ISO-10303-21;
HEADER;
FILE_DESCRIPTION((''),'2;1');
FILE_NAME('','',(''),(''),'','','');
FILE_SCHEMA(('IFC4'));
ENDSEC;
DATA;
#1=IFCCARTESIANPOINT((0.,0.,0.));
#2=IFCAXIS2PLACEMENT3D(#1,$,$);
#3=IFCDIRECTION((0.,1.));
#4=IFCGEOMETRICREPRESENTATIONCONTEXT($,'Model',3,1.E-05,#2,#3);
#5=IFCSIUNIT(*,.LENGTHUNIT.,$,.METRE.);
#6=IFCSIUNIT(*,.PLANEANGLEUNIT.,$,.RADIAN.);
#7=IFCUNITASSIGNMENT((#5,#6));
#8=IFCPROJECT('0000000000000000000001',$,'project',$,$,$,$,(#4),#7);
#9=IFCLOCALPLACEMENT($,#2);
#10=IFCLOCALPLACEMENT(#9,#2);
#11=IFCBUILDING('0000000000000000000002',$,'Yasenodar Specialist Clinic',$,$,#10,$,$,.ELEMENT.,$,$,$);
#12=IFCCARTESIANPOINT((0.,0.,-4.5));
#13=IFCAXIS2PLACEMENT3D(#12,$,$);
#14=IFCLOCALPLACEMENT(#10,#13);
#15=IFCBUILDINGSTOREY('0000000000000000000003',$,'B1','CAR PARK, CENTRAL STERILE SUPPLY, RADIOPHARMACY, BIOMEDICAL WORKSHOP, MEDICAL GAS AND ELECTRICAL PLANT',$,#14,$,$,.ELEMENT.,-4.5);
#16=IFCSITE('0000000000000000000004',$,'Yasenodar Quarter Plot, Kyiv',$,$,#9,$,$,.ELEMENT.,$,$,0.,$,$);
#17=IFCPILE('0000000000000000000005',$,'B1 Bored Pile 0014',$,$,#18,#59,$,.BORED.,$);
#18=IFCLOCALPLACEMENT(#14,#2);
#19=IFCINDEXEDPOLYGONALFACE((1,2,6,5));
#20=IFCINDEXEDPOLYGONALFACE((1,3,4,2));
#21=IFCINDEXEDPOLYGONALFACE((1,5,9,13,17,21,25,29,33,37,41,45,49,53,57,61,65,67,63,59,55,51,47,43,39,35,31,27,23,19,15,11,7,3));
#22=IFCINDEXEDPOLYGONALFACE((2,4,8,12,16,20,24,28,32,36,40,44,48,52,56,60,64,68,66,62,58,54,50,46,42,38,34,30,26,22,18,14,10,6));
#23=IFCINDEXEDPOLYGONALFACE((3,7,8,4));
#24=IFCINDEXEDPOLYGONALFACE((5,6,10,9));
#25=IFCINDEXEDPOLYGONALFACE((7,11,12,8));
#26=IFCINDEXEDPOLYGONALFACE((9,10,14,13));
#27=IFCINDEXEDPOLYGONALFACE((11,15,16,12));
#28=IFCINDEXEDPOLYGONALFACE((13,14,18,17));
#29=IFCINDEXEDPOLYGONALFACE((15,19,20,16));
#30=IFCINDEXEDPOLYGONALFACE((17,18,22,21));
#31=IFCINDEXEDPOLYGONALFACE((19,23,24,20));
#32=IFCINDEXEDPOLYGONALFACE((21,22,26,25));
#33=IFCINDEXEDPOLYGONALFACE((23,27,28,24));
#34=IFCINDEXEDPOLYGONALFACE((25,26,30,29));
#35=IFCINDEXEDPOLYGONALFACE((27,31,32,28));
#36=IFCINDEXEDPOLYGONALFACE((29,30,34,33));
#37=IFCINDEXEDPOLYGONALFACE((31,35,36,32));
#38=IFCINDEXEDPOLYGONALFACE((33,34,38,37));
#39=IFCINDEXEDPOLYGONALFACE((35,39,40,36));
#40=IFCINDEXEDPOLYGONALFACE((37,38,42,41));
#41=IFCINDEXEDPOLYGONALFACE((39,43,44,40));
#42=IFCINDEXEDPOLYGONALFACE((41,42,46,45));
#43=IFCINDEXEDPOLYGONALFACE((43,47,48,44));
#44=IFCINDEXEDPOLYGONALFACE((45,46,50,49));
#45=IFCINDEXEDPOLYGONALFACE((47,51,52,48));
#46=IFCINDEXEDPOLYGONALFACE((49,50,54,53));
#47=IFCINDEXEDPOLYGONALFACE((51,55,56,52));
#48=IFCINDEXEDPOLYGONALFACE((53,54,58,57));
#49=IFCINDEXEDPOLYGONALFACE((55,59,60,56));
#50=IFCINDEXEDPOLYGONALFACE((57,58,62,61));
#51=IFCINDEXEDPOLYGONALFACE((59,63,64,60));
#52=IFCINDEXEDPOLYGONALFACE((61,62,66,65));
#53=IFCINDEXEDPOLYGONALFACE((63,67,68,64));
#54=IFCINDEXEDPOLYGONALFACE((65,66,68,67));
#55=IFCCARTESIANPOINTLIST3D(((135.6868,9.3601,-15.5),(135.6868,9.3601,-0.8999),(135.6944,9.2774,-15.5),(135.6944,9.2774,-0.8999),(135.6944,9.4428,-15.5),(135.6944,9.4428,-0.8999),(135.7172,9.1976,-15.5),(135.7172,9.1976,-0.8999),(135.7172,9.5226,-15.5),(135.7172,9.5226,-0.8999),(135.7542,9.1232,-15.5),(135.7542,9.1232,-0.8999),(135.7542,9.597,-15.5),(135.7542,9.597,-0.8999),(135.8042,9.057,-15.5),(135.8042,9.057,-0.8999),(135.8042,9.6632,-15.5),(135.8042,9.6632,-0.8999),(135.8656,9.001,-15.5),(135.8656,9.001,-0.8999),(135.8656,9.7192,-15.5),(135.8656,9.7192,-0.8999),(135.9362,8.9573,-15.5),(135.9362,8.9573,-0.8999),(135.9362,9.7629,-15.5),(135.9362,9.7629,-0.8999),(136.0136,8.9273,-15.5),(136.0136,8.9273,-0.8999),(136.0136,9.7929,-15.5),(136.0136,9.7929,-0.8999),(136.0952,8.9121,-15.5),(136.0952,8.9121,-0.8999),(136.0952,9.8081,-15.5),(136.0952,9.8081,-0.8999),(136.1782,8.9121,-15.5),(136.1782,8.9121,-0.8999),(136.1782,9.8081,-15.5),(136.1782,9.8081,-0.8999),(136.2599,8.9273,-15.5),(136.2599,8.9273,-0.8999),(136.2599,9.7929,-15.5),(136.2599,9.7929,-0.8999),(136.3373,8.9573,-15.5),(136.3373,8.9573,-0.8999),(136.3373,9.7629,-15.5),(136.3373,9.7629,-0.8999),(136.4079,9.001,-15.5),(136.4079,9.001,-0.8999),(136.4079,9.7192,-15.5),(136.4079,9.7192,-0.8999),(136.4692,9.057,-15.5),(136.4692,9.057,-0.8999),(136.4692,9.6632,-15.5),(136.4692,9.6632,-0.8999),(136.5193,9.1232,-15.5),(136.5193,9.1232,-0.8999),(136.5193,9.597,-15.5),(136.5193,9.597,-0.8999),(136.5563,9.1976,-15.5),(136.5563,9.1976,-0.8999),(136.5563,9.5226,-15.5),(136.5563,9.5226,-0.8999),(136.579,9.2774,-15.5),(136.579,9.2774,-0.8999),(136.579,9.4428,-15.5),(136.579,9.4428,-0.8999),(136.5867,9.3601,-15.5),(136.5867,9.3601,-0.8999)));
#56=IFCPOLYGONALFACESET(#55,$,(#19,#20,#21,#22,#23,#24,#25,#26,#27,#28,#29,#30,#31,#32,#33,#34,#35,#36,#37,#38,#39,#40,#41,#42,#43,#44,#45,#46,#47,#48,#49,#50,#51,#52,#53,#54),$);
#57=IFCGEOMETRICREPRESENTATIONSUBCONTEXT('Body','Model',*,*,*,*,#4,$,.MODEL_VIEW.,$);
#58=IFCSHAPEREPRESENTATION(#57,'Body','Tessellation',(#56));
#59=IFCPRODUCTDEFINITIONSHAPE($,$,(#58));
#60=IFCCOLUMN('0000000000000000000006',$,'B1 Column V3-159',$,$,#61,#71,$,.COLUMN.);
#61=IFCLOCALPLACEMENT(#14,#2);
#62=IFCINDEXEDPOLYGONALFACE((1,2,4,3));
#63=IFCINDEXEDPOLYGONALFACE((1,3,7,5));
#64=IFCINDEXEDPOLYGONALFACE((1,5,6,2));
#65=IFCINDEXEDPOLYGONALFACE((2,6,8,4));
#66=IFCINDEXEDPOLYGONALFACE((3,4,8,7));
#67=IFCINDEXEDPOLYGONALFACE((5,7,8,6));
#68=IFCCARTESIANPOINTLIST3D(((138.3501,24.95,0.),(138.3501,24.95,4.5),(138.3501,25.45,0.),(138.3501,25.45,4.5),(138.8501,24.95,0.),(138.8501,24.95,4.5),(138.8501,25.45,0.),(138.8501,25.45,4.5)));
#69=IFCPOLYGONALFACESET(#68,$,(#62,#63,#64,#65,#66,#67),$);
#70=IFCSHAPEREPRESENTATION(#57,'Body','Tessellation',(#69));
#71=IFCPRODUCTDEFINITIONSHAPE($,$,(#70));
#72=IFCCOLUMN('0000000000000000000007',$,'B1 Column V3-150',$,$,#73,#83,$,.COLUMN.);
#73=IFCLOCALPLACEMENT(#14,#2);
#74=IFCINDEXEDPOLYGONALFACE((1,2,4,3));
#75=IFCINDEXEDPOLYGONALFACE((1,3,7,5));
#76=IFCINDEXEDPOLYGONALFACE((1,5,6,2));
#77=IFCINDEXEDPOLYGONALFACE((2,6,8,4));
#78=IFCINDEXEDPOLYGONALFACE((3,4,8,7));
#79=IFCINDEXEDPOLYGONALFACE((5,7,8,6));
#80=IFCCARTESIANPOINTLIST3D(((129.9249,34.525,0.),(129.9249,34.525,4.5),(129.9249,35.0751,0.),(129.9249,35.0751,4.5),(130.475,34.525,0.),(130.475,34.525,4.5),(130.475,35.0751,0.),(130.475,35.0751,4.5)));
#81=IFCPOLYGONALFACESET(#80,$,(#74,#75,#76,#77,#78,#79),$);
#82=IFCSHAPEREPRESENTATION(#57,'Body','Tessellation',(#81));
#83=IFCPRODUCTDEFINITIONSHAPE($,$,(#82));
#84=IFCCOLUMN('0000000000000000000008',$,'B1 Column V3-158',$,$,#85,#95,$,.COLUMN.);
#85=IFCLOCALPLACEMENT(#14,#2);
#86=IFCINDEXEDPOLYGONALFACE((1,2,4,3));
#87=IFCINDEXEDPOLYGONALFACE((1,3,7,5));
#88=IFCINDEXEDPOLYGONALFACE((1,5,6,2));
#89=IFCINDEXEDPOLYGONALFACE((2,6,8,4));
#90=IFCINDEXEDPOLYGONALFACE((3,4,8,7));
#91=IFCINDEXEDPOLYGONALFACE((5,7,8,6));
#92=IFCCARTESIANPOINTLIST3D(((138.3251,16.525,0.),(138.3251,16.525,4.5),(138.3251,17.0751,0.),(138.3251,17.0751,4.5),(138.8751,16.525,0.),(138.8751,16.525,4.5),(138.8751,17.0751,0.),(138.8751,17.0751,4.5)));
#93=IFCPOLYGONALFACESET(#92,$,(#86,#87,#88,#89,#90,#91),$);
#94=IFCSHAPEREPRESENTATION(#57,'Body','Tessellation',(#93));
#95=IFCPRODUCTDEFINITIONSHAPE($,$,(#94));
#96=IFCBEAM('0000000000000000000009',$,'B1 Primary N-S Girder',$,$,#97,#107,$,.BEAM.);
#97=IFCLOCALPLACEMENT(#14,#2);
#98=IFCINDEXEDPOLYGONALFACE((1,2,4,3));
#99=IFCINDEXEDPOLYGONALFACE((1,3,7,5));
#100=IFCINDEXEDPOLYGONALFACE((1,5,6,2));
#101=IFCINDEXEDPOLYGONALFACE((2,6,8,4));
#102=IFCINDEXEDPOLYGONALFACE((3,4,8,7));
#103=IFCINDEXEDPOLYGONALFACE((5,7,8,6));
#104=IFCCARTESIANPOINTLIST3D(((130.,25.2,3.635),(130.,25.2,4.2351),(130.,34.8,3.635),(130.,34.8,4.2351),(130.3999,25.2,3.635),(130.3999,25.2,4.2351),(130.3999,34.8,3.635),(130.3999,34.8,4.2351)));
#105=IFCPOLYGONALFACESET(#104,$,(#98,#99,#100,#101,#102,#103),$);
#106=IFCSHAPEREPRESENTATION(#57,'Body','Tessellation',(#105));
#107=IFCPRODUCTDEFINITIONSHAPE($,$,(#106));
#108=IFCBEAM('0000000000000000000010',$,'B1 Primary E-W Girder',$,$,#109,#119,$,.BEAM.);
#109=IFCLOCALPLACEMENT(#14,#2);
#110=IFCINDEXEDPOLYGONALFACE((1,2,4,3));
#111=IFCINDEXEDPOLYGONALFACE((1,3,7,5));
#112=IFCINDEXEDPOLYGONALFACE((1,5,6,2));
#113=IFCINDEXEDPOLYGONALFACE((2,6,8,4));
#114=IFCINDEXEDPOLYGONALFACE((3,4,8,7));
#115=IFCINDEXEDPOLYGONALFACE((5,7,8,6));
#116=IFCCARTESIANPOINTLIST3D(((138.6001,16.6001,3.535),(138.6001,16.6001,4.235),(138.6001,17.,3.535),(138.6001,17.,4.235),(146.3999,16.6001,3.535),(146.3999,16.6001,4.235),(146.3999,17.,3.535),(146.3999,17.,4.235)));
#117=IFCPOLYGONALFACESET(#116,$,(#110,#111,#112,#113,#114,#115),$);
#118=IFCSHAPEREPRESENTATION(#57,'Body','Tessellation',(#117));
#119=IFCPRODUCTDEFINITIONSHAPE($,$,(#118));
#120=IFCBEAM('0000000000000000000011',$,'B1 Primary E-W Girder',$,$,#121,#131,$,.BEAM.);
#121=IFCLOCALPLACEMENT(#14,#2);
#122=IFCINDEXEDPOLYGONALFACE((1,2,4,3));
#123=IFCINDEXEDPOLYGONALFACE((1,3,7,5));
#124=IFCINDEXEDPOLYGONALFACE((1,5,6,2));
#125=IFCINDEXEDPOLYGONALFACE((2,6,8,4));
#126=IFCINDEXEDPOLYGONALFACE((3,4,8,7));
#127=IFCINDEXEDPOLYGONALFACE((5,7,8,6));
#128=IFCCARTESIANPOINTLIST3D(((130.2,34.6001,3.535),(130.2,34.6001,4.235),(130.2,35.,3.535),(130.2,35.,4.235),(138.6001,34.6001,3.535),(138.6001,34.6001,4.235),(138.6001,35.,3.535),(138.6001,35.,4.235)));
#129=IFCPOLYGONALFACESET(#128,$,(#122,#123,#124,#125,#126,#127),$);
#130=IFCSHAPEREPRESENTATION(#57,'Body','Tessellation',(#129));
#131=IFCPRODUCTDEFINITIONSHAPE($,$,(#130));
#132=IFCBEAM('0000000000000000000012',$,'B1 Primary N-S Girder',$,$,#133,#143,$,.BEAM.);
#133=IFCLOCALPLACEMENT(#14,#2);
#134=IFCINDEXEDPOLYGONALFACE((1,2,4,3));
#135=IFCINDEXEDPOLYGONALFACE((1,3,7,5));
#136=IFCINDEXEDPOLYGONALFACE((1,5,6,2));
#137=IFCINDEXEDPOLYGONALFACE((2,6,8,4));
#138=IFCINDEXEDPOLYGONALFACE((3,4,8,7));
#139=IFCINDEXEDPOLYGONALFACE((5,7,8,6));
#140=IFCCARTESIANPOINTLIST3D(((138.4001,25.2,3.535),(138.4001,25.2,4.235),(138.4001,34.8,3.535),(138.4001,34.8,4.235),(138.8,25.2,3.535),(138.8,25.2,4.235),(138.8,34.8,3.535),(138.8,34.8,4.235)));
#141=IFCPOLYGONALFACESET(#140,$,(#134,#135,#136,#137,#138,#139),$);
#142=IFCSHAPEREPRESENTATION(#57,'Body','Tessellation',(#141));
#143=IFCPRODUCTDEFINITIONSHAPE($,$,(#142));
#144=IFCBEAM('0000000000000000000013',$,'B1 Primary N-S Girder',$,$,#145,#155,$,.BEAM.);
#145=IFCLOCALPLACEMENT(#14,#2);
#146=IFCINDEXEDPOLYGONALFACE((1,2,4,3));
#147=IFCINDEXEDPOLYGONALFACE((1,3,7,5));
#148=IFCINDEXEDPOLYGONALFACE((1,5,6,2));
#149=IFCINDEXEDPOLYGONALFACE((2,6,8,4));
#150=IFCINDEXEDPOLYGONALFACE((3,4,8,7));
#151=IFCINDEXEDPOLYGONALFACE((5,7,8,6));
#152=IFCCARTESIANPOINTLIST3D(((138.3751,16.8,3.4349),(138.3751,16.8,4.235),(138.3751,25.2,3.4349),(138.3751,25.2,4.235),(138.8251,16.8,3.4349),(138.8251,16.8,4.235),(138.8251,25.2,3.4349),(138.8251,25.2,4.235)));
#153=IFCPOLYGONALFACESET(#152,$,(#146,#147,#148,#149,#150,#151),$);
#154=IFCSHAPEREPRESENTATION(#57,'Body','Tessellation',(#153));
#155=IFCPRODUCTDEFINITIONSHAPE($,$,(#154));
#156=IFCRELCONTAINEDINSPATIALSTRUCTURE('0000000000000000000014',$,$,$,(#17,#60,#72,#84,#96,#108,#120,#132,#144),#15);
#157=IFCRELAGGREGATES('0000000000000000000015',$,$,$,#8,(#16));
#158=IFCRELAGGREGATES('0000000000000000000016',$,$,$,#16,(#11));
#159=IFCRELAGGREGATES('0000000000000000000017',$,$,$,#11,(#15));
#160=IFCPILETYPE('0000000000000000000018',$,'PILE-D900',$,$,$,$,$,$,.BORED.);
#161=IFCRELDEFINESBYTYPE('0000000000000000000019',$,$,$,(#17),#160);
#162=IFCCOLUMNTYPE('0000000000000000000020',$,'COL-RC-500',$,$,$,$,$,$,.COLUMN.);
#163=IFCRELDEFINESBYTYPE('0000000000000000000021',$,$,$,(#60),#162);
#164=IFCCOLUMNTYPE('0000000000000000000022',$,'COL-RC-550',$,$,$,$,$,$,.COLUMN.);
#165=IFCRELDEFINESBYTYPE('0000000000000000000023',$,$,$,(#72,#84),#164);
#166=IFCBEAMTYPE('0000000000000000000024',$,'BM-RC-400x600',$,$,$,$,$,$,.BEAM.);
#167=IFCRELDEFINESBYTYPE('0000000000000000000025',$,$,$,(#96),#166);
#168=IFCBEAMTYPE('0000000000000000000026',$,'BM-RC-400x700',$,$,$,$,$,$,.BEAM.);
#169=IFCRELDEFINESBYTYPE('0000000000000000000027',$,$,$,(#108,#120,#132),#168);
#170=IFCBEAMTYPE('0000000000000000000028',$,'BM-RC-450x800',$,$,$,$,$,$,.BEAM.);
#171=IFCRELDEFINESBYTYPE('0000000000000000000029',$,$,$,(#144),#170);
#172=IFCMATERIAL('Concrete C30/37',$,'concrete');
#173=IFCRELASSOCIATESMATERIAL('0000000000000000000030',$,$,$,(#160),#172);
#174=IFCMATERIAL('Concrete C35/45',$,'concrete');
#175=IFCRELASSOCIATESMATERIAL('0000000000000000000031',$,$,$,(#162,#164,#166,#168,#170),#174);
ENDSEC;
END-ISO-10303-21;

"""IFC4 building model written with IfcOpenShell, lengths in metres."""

from ifc_helpers import new_model, si_unit, direction, frame, origin, origin_2d, place, context, subcontext, project, spatial, rectangle, circle, extrude, material, material_profile, profile_set, type_object, element, save


model = new_model("IFC4")

# Units and contexts
model_context = context("Model", 3, precision=1e-05, world=origin(), true_north=direction((0.0, 1.0)))
body_context = subcontext(model_context, "Body", "Model", "MODEL_VIEW")
ifc_project = project(units=[si_unit("LENGTHUNIT", "METRE"), si_unit("PLANEANGLEUNIT", "RADIAN")], contexts=[model_context])

# Site, building, storey
site_placement = place(None, origin())
site = spatial("IfcSite", under=ifc_project, at=site_placement, Name="Yasenodar Quarter Plot, Kyiv", CompositionType="ELEMENT", RefElevation=0.0)
building_placement = place(site_placement, origin())
building = spatial("IfcBuilding", under=site, at=building_placement, Name="Yasenodar Specialist Clinic", CompositionType="ELEMENT")
storey_placement = place(building_placement, frame((0.0, 0.0, -4.5)))
storey = spatial("IfcBuildingStorey", under=building, at=storey_placement, Name="B1", Description="CAR PARK, CENTRAL STERILE SUPPLY, RADIOPHARMACY, BIOMEDICAL WORKSHOP, MEDICAL GAS AND ELECTRICAL PLANT", CompositionType="ELEMENT", Elevation=-4.5)

# Shared definitions
ifc_material_1 = material(Name="Concrete C35/45", Category="concrete")

# Pile
ifc_material_2 = material(Name="Concrete C30/37", Category="concrete")
ifc_material_profile_1 = material_profile(ifc_material_2, circle(Radius=0.45, at=origin_2d()), Name="PILE D900")
ifc_profile_set_1 = profile_set([ifc_material_profile_1], Name="Concrete C30/37")
pile_type_1 = type_object("IfcPileType", Name="PILE-D900", PredefinedType="BORED", material=ifc_profile_set_1)
for number, where, z_axis, x_axis, name in (
    (1, (136.1367, 9.3601, -0.8999), (0.0, 0.0, -1.0), (1.0, 0.0, 0.0), "B1 Bored Pile 0014"),
):
    element("IfcPile", number, at=place(storey_placement, frame(where, z_axis=z_axis, x_axis=x_axis)), inside=storey, type_object=pile_type_1, Name=name, PredefinedType="BORED", context=body_context, shape_type="SweptSolid", body=[
        extrude(circle(Radius=0.45, at=origin_2d()), origin(), (0.0, 0.0, 1.0), 14.6001),
    ])

# Columns
ifc_material_profile_2 = material_profile(ifc_material_1, rectangle(XDim=0.5, YDim=0.5, at=origin_2d()), Name="RC 500x500")
ifc_profile_set_2 = profile_set([ifc_material_profile_2], Name="Concrete C35/45")
column_type_1 = type_object("IfcColumnType", Name="COL-RC-500", PredefinedType="COLUMN", material=ifc_profile_set_2)
column_placement = place(storey_placement, frame((138.6001, 25.2, 0.0), z_axis=(0.0, 0.0, 1.0), x_axis=(1.0, 0.0, 0.0)))
element("IfcColumn", 2, at=column_placement, inside=storey, type_object=column_type_1, Name="B1 Column V3-159", PredefinedType="COLUMN", context=body_context, shape_type="SweptSolid", body=[
    extrude(rectangle(XDim=0.5, YDim=0.5, at=origin_2d()), origin(), (0.0, 0.0, 1.0), 4.5),
])
ifc_material_profile_3 = material_profile(ifc_material_1, rectangle(XDim=0.55, YDim=0.55, at=origin_2d()), Name="RC 550x550")
ifc_profile_set_3 = profile_set([ifc_material_profile_3], Name="Concrete C35/45")
column_type_2 = type_object("IfcColumnType", Name="COL-RC-550", PredefinedType="COLUMN", material=ifc_profile_set_3)
for number, where, z_axis, x_axis, name in (
    (3, (130.2, 34.8, 0.0), (0.0, 0.0, 1.0), (1.0, 0.0, 0.0), "B1 Column V3-150"),
    (4, (138.6001, 16.8, 0.0), (0.0, 0.0, 1.0), (1.0, 0.0, 0.0), "B1 Column V3-158"),
):
    element("IfcColumn", number, at=place(storey_placement, frame(where, z_axis=z_axis, x_axis=x_axis)), inside=storey, type_object=column_type_2, Name=name, PredefinedType="COLUMN", context=body_context, shape_type="SweptSolid", body=[
        extrude(rectangle(XDim=0.55, YDim=0.55, at=origin_2d()), origin(), (0.0, 0.0, 1.0), 4.5),
    ])

# Beams
ifc_material_profile_4 = material_profile(ifc_material_1, rectangle(XDim=0.3999, YDim=0.6001, at=origin_2d()), Name="RC 400x600")
ifc_profile_set_4 = profile_set([ifc_material_profile_4], Name="Concrete C35/45")
beam_type_1 = type_object("IfcBeamType", Name="BM-RC-400x600", PredefinedType="BEAM", material=ifc_profile_set_4)
beam_1_placement = place(storey_placement, frame((130.2, 25.2, 3.9351), z_axis=(0.0, 1.0, 0.0), x_axis=(-1.0, 0.0, 0.0)))
element("IfcBeam", 5, at=beam_1_placement, inside=storey, type_object=beam_type_1, Name="B1 Primary N-S Girder", PredefinedType="BEAM", context=body_context, shape_type="SweptSolid", body=[
    extrude(rectangle(XDim=0.3999, YDim=0.6001, at=origin_2d()), origin(), (0.0, 0.0, 1.0), 9.6001),
])
ifc_material_profile_5 = material_profile(ifc_material_1, rectangle(XDim=0.3999, YDim=0.7, at=origin_2d()), Name="RC 400x700")
ifc_profile_set_5 = profile_set([ifc_material_profile_5], Name="Concrete C35/45")
beam_type_2 = type_object("IfcBeamType", Name="BM-RC-400x700", PredefinedType="BEAM", material=ifc_profile_set_5)
beam_2_placement = place(storey_placement, frame((138.6001, 16.8, 3.885), z_axis=(1.0, 0.0, 0.0), x_axis=(0.0, 1.0, 0.0)))
element("IfcBeam", 6, at=beam_2_placement, inside=storey, type_object=beam_type_2, Name="B1 Primary E-W Girder", PredefinedType="BEAM", context=body_context, shape_type="SweptSolid", body=[
    extrude(rectangle(XDim=0.3999, YDim=0.7, at=origin_2d()), origin(), (0.0, 0.0, 1.0), 7.7998),
])
beam_3_placement = place(storey_placement, frame((130.2, 34.8, 3.885), z_axis=(1.0, 0.0, 0.0), x_axis=(0.0, 1.0, 0.0)))
element("IfcBeam", 7, at=beam_3_placement, inside=storey, type_object=beam_type_2, Name="B1 Primary E-W Girder", PredefinedType="BEAM", context=body_context, shape_type="SweptSolid", body=[
    extrude(rectangle(XDim=0.3999, YDim=0.7, at=origin_2d()), origin(), (0.0, 0.0, 1.0), 8.4001),
])
beam_4_placement = place(storey_placement, frame((138.6001, 25.2, 3.885), z_axis=(0.0, 1.0, 0.0), x_axis=(-1.0, 0.0, 0.0)))
element("IfcBeam", 8, at=beam_4_placement, inside=storey, type_object=beam_type_2, Name="B1 Primary N-S Girder", PredefinedType="BEAM", context=body_context, shape_type="SweptSolid", body=[
    extrude(rectangle(XDim=0.3999, YDim=0.7, at=origin_2d()), origin(), (0.0, 0.0, 1.0), 9.6001),
])
ifc_material_profile_6 = material_profile(ifc_material_1, rectangle(XDim=0.45, YDim=0.8, at=origin_2d()), Name="RC 450x800")
ifc_profile_set_6 = profile_set([ifc_material_profile_6], Name="Concrete C35/45")
beam_type_3 = type_object("IfcBeamType", Name="BM-RC-450x800", PredefinedType="BEAM", material=ifc_profile_set_6)
beam_5_placement = place(storey_placement, frame((138.6001, 16.8, 3.835), z_axis=(0.0, 1.0, 0.0), x_axis=(-1.0, 0.0, 0.0)))
element("IfcBeam", 9, at=beam_5_placement, inside=storey, type_object=beam_type_3, Name="B1 Primary N-S Girder", PredefinedType="BEAM", context=body_context, shape_type="SweptSolid", body=[
    extrude(rectangle(XDim=0.45, YDim=0.8, at=origin_2d()), origin(), (0.0, 0.0, 1.0), 8.3999),
])

save(model, "model.ifc")
